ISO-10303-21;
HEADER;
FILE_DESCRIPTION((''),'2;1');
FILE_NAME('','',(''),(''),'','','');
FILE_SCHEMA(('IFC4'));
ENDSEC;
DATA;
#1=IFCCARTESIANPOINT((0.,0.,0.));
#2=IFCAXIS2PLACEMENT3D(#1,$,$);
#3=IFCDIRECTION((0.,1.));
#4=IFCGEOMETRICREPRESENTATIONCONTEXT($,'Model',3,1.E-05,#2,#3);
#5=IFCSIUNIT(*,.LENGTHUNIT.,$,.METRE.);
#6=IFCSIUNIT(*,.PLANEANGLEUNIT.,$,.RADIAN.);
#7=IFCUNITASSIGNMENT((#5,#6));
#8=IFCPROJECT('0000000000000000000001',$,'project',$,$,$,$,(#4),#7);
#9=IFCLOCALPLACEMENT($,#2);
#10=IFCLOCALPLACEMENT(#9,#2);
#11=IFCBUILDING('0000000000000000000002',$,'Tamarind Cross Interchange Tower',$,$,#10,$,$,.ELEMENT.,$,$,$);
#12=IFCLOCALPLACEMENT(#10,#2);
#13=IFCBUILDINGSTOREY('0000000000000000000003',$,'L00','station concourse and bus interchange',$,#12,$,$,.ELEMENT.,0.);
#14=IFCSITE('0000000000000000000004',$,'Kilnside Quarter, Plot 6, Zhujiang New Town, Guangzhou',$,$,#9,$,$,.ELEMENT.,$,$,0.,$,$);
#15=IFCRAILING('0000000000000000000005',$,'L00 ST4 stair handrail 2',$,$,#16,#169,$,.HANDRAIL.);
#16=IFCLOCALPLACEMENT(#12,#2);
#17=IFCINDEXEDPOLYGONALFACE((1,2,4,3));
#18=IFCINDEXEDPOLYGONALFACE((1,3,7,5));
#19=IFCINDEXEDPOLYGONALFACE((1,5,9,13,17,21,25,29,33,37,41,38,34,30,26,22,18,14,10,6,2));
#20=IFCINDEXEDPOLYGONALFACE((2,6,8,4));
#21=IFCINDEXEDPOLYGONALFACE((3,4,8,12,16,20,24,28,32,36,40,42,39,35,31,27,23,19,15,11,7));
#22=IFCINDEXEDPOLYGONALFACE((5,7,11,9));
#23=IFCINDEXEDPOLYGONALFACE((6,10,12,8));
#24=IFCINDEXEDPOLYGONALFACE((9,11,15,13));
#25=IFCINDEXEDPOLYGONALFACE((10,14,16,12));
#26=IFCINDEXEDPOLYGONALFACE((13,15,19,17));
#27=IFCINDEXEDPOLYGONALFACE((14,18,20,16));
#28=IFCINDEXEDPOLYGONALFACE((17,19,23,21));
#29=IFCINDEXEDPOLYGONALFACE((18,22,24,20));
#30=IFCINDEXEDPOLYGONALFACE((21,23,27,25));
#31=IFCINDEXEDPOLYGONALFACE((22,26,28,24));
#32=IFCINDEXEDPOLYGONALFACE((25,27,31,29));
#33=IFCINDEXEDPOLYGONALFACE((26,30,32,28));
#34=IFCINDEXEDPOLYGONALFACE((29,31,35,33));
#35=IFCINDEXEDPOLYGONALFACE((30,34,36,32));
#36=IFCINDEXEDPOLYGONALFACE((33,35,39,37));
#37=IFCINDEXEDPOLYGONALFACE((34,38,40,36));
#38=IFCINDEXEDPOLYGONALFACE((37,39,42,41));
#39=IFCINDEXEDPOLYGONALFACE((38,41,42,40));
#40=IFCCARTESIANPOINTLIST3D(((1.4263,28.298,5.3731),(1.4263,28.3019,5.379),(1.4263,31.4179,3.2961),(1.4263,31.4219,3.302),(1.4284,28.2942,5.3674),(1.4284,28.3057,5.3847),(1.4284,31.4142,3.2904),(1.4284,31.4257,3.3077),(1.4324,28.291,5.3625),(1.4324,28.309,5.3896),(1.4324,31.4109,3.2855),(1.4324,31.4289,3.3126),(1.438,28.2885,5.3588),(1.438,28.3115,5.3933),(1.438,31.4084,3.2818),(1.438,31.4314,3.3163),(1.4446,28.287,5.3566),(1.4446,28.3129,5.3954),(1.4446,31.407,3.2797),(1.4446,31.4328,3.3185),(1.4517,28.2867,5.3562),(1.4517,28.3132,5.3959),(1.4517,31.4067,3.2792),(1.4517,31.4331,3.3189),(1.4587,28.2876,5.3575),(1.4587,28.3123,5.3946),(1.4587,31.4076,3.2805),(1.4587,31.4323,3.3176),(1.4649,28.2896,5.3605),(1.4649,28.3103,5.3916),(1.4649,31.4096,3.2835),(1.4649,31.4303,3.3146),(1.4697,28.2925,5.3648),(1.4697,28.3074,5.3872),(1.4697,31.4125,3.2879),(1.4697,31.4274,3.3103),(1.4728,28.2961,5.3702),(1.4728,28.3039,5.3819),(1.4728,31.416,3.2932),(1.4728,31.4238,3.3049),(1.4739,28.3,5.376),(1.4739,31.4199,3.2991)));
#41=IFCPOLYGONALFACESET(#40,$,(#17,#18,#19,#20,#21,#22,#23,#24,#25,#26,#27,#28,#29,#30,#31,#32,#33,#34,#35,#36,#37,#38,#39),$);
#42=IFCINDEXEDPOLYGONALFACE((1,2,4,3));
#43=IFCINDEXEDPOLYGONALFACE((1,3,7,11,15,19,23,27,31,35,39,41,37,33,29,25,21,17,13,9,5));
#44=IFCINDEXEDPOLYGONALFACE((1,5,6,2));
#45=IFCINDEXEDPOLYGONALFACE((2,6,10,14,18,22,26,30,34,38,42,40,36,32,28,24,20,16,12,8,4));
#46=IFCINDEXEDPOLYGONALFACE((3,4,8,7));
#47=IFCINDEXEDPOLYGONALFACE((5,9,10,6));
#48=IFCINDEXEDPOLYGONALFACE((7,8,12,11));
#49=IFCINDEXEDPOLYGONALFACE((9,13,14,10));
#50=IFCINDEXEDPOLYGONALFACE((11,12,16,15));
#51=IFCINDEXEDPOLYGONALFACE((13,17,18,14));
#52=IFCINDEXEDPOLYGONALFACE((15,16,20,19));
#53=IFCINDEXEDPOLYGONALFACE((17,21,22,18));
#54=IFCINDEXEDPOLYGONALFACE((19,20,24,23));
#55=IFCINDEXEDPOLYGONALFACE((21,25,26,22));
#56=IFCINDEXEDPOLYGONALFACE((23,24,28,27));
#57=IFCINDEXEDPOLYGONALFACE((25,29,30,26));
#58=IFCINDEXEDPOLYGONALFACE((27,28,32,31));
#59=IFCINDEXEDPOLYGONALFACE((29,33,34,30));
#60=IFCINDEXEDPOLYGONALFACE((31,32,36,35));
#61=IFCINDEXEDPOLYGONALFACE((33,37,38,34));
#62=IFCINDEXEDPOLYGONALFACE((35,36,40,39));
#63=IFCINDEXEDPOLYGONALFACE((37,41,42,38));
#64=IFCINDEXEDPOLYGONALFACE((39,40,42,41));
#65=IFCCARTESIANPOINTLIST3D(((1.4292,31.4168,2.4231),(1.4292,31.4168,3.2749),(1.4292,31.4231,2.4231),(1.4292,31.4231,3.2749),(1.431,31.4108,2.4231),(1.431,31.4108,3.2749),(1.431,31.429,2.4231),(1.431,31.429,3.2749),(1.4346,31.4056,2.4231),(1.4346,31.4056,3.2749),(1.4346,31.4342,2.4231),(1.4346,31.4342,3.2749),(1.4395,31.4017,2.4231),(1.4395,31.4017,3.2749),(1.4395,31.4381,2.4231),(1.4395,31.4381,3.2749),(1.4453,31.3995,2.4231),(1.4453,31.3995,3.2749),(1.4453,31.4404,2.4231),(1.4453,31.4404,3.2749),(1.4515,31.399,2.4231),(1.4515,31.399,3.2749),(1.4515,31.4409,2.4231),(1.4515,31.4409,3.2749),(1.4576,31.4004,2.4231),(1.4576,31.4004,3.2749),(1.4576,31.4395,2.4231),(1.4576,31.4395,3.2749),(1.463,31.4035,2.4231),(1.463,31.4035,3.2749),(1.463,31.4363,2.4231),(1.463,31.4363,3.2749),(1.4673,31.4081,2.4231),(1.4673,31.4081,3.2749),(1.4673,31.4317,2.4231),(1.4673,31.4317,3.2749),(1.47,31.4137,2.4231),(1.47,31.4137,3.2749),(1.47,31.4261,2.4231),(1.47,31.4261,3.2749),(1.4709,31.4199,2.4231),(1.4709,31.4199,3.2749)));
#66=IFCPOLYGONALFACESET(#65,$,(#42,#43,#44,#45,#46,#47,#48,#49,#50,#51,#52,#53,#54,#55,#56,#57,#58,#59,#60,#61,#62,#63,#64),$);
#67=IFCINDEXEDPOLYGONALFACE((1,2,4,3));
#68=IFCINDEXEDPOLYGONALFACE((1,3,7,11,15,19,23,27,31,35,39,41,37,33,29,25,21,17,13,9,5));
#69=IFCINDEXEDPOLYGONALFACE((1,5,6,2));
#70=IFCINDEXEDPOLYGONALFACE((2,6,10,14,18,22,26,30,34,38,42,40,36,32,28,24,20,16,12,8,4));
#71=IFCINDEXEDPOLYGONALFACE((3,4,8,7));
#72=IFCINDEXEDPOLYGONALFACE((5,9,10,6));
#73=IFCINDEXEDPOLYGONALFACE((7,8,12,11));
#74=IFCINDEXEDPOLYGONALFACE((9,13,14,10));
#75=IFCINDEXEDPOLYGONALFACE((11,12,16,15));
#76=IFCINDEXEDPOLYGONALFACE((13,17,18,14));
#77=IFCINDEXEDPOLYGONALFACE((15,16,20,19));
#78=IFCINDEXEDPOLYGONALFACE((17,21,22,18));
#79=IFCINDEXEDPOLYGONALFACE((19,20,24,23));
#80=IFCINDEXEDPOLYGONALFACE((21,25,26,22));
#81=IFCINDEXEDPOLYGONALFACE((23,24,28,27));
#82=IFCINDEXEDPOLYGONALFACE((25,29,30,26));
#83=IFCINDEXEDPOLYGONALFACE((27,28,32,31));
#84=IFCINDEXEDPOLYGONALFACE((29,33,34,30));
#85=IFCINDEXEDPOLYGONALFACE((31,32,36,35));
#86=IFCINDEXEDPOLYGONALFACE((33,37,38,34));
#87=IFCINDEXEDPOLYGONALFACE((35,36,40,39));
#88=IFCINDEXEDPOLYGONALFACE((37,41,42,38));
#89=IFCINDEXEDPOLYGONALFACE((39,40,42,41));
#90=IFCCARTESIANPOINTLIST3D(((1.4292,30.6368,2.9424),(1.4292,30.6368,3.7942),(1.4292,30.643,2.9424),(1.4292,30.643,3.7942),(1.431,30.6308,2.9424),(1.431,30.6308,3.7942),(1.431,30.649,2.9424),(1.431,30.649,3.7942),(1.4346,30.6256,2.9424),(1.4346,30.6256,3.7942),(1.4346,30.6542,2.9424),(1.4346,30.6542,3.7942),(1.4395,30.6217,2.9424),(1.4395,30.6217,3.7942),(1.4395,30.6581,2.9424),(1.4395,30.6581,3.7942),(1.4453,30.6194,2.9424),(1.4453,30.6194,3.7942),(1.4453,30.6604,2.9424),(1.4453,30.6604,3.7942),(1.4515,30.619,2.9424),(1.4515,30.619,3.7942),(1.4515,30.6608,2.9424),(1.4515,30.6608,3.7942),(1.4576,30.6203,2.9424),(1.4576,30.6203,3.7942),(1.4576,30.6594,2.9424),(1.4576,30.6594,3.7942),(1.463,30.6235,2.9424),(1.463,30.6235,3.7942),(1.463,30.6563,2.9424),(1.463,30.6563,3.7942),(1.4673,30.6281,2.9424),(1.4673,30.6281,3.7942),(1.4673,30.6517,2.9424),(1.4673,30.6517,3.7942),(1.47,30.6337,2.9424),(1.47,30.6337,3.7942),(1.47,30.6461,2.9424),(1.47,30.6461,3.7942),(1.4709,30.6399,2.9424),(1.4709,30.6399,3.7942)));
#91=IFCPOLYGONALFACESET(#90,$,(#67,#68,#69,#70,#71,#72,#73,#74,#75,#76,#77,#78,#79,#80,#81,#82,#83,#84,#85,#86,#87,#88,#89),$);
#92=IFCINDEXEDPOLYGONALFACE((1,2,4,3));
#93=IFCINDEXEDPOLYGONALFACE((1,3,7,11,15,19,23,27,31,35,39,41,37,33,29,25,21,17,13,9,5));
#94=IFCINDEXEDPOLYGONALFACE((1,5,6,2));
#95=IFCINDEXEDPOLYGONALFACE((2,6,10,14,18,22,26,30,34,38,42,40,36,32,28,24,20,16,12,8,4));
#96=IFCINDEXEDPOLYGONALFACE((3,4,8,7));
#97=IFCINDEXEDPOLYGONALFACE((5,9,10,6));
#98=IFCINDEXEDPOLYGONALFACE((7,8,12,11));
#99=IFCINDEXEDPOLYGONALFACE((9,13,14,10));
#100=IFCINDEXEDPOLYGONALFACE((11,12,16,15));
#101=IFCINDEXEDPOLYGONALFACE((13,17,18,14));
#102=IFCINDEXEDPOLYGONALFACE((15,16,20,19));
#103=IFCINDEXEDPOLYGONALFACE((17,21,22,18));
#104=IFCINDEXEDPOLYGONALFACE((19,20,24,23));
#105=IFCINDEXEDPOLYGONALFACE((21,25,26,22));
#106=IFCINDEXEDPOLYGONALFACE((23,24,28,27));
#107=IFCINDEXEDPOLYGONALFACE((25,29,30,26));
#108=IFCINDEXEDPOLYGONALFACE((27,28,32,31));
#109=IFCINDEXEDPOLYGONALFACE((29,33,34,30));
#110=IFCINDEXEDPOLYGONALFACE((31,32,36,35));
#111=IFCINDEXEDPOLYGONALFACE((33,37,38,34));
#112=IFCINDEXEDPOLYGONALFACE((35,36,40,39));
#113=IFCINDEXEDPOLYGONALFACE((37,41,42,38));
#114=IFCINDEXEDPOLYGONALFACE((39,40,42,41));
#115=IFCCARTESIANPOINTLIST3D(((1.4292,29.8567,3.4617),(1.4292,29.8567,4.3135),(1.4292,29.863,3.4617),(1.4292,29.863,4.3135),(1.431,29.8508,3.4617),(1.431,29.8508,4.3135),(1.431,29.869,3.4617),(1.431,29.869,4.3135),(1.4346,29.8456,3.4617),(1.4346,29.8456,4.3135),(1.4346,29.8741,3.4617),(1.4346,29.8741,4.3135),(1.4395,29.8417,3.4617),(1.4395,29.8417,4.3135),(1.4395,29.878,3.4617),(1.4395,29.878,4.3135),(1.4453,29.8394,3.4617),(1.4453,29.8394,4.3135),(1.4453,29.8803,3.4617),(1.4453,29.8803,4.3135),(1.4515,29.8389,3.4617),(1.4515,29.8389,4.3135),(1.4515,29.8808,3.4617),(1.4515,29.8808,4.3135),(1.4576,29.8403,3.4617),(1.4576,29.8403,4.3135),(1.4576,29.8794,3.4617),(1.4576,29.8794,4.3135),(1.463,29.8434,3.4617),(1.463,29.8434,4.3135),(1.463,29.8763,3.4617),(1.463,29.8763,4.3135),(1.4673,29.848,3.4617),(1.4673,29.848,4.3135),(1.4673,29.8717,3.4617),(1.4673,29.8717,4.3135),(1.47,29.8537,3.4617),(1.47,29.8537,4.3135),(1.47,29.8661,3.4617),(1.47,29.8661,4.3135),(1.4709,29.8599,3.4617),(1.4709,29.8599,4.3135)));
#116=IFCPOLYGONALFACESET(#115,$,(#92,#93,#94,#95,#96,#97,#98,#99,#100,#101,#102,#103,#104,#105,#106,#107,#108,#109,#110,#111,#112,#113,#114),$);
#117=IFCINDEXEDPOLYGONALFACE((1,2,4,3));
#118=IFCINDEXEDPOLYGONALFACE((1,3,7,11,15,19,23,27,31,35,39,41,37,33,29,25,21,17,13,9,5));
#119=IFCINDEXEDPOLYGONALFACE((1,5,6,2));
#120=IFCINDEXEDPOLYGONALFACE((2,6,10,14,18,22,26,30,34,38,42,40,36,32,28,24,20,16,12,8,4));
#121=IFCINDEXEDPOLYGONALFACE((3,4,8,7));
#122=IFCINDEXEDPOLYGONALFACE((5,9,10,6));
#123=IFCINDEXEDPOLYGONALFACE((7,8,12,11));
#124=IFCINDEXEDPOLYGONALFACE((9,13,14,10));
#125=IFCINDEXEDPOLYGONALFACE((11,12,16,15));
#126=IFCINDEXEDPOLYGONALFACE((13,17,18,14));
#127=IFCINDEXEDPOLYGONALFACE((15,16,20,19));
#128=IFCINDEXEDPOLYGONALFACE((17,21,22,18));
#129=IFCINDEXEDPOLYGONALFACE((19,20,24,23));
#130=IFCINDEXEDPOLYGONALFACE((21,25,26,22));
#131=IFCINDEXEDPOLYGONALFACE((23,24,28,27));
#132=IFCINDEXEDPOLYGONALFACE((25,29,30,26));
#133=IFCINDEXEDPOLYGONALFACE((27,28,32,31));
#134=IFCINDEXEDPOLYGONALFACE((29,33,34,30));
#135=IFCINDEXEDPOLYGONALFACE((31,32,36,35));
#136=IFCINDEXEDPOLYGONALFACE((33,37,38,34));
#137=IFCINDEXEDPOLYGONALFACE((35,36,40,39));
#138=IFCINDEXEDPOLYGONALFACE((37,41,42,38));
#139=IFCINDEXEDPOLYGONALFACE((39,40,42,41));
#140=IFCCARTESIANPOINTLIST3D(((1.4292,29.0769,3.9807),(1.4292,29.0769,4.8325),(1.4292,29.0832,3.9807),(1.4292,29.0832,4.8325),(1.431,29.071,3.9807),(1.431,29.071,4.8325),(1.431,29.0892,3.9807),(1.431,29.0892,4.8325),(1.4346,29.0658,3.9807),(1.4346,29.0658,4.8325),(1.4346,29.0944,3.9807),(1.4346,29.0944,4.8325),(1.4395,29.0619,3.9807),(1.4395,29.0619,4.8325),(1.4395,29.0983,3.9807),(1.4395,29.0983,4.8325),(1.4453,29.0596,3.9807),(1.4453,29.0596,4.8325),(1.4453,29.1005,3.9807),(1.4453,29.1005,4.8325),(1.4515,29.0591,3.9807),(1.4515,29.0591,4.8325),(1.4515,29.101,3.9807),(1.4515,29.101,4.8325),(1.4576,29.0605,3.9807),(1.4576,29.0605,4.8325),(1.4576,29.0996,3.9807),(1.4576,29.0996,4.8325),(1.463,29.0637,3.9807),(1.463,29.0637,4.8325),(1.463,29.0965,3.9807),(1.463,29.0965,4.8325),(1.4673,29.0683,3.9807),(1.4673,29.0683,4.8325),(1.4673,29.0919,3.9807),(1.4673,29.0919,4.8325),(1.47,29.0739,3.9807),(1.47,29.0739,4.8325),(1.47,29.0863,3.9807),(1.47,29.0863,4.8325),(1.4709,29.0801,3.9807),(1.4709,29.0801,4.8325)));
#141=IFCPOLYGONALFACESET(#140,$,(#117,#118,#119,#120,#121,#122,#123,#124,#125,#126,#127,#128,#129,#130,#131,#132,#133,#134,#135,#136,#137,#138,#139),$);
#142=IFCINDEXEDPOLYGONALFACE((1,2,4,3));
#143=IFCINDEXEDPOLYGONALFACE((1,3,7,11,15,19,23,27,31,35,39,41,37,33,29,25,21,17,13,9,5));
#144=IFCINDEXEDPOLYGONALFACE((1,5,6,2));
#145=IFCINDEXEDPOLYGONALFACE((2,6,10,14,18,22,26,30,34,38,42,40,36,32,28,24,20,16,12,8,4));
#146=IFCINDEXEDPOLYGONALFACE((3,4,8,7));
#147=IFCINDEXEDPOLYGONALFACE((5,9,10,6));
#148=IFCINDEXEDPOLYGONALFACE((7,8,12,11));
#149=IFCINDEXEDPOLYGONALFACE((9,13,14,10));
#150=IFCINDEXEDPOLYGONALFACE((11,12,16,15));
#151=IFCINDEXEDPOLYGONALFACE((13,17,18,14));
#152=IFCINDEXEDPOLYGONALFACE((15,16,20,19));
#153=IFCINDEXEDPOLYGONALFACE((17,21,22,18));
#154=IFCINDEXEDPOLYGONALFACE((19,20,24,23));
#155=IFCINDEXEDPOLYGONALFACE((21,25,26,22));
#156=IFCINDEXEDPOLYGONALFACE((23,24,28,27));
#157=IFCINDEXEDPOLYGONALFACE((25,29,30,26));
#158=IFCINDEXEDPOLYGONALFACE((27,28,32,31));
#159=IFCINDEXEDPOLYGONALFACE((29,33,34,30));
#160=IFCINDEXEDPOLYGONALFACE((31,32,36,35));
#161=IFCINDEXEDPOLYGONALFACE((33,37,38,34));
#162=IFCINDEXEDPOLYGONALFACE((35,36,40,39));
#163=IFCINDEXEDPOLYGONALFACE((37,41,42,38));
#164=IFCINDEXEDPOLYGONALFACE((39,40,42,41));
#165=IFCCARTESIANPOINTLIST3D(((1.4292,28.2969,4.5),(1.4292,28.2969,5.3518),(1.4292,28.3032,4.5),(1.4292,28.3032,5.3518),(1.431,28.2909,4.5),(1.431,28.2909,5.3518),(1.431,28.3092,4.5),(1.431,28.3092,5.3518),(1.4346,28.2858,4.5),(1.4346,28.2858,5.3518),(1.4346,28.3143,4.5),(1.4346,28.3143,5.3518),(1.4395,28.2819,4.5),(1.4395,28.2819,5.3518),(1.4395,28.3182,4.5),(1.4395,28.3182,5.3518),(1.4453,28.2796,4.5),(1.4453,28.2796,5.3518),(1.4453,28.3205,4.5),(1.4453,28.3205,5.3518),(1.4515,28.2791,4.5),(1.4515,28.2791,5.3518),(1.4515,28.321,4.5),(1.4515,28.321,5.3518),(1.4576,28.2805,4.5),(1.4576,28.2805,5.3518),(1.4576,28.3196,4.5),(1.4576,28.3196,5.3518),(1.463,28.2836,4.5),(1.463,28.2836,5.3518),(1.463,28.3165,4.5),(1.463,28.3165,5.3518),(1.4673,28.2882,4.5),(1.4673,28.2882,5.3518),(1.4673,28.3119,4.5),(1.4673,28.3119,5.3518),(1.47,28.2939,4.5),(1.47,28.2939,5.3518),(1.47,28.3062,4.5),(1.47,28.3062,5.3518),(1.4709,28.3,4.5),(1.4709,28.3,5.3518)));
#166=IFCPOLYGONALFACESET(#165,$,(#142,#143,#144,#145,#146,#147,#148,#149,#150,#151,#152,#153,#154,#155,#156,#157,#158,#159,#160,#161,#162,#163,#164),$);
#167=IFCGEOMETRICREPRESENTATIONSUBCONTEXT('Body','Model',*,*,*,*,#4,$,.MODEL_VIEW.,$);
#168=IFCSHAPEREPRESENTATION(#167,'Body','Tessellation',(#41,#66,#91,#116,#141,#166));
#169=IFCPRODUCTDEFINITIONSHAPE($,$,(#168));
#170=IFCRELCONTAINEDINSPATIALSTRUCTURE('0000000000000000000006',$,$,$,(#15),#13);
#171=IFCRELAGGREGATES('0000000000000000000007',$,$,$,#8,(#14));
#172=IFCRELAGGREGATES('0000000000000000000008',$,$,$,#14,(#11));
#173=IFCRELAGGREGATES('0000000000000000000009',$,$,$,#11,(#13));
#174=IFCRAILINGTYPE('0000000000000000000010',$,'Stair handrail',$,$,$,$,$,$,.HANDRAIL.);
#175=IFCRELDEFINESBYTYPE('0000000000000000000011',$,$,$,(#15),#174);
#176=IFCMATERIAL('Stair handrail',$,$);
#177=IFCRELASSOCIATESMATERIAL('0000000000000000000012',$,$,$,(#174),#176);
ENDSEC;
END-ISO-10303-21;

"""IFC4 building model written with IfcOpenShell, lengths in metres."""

from ifc_helpers import new_model, si_unit, direction, frame, origin, origin_2d, place, context, subcontext, project, spatial, circle, extrude, material, type_object, element, save


model = new_model("IFC4")

# Units and contexts
model_context = context("Model", 3, precision=1e-05, world=origin(), true_north=direction((0.0, 1.0)))
body_context = subcontext(model_context, "Body", "Model", "MODEL_VIEW")
ifc_project = project(units=[si_unit("LENGTHUNIT", "METRE"), si_unit("PLANEANGLEUNIT", "RADIAN")], contexts=[model_context])

# Site, building, storey
site_placement = place(None, origin())
site = spatial("IfcSite", under=ifc_project, at=site_placement, Name="Kilnside Quarter, Plot 6, Zhujiang New Town, Guangzhou", CompositionType="ELEMENT", RefElevation=0.0)
building_placement = place(site_placement, origin())
building = spatial("IfcBuilding", under=site, at=building_placement, Name="Tamarind Cross Interchange Tower", CompositionType="ELEMENT")
storey_placement = place(building_placement, origin())
storey = spatial("IfcBuildingStorey", under=building, at=storey_placement, Name="L00", Description="station concourse and bus interchange", CompositionType="ELEMENT", Elevation=0.0)

# Railing
ifc_material_1 = material(Name="Stair handrail")
railing_type_1 = type_object("IfcRailingType", Name="Stair handrail", PredefinedType="HANDRAIL", material=ifc_material_1)
railing_1_placement = place(storey_placement, frame((1.45, 31.4199, 2.4231)))
element("IfcRailing", 1, at=railing_1_placement, inside=storey, type_object=railing_type_1, Name="L00 ST4 stair handrail 2", PredefinedType="HANDRAIL", context=body_context, shape_type="SweptSolid", body=[
    extrude(circle(Radius=0.0239, at=origin_2d()), frame((0.0, 0.0, 0.876), z_axis=(0.0, -0.832421, 0.554144), x_axis=(1.0, 0.0, 0.0)), (0.0, 0.0, 1.0), 3.748),
    extrude(circle(Radius=0.021, at=origin_2d()), origin(), (0.0, 0.0, 1.0), 0.8518),
    extrude(circle(Radius=0.021, at=origin_2d()), frame((0.0, -0.78, 0.5193)), (0.0, 0.0, 1.0), 0.8518),
    extrude(circle(Radius=0.021, at=origin_2d()), frame((0.0, -1.5601, 1.0386)), (0.0, 0.0, 1.0), 0.8518),
    extrude(circle(Radius=0.021, at=origin_2d()), frame((0.0, -2.3398, 1.5576)), (0.0, 0.0, 1.0), 0.8518),
    extrude(circle(Radius=0.021, at=origin_2d()), frame((0.0, -3.1199, 2.0769)), (0.0, 0.0, 1.0), 0.8518),
])

save(model, "model.ifc")
